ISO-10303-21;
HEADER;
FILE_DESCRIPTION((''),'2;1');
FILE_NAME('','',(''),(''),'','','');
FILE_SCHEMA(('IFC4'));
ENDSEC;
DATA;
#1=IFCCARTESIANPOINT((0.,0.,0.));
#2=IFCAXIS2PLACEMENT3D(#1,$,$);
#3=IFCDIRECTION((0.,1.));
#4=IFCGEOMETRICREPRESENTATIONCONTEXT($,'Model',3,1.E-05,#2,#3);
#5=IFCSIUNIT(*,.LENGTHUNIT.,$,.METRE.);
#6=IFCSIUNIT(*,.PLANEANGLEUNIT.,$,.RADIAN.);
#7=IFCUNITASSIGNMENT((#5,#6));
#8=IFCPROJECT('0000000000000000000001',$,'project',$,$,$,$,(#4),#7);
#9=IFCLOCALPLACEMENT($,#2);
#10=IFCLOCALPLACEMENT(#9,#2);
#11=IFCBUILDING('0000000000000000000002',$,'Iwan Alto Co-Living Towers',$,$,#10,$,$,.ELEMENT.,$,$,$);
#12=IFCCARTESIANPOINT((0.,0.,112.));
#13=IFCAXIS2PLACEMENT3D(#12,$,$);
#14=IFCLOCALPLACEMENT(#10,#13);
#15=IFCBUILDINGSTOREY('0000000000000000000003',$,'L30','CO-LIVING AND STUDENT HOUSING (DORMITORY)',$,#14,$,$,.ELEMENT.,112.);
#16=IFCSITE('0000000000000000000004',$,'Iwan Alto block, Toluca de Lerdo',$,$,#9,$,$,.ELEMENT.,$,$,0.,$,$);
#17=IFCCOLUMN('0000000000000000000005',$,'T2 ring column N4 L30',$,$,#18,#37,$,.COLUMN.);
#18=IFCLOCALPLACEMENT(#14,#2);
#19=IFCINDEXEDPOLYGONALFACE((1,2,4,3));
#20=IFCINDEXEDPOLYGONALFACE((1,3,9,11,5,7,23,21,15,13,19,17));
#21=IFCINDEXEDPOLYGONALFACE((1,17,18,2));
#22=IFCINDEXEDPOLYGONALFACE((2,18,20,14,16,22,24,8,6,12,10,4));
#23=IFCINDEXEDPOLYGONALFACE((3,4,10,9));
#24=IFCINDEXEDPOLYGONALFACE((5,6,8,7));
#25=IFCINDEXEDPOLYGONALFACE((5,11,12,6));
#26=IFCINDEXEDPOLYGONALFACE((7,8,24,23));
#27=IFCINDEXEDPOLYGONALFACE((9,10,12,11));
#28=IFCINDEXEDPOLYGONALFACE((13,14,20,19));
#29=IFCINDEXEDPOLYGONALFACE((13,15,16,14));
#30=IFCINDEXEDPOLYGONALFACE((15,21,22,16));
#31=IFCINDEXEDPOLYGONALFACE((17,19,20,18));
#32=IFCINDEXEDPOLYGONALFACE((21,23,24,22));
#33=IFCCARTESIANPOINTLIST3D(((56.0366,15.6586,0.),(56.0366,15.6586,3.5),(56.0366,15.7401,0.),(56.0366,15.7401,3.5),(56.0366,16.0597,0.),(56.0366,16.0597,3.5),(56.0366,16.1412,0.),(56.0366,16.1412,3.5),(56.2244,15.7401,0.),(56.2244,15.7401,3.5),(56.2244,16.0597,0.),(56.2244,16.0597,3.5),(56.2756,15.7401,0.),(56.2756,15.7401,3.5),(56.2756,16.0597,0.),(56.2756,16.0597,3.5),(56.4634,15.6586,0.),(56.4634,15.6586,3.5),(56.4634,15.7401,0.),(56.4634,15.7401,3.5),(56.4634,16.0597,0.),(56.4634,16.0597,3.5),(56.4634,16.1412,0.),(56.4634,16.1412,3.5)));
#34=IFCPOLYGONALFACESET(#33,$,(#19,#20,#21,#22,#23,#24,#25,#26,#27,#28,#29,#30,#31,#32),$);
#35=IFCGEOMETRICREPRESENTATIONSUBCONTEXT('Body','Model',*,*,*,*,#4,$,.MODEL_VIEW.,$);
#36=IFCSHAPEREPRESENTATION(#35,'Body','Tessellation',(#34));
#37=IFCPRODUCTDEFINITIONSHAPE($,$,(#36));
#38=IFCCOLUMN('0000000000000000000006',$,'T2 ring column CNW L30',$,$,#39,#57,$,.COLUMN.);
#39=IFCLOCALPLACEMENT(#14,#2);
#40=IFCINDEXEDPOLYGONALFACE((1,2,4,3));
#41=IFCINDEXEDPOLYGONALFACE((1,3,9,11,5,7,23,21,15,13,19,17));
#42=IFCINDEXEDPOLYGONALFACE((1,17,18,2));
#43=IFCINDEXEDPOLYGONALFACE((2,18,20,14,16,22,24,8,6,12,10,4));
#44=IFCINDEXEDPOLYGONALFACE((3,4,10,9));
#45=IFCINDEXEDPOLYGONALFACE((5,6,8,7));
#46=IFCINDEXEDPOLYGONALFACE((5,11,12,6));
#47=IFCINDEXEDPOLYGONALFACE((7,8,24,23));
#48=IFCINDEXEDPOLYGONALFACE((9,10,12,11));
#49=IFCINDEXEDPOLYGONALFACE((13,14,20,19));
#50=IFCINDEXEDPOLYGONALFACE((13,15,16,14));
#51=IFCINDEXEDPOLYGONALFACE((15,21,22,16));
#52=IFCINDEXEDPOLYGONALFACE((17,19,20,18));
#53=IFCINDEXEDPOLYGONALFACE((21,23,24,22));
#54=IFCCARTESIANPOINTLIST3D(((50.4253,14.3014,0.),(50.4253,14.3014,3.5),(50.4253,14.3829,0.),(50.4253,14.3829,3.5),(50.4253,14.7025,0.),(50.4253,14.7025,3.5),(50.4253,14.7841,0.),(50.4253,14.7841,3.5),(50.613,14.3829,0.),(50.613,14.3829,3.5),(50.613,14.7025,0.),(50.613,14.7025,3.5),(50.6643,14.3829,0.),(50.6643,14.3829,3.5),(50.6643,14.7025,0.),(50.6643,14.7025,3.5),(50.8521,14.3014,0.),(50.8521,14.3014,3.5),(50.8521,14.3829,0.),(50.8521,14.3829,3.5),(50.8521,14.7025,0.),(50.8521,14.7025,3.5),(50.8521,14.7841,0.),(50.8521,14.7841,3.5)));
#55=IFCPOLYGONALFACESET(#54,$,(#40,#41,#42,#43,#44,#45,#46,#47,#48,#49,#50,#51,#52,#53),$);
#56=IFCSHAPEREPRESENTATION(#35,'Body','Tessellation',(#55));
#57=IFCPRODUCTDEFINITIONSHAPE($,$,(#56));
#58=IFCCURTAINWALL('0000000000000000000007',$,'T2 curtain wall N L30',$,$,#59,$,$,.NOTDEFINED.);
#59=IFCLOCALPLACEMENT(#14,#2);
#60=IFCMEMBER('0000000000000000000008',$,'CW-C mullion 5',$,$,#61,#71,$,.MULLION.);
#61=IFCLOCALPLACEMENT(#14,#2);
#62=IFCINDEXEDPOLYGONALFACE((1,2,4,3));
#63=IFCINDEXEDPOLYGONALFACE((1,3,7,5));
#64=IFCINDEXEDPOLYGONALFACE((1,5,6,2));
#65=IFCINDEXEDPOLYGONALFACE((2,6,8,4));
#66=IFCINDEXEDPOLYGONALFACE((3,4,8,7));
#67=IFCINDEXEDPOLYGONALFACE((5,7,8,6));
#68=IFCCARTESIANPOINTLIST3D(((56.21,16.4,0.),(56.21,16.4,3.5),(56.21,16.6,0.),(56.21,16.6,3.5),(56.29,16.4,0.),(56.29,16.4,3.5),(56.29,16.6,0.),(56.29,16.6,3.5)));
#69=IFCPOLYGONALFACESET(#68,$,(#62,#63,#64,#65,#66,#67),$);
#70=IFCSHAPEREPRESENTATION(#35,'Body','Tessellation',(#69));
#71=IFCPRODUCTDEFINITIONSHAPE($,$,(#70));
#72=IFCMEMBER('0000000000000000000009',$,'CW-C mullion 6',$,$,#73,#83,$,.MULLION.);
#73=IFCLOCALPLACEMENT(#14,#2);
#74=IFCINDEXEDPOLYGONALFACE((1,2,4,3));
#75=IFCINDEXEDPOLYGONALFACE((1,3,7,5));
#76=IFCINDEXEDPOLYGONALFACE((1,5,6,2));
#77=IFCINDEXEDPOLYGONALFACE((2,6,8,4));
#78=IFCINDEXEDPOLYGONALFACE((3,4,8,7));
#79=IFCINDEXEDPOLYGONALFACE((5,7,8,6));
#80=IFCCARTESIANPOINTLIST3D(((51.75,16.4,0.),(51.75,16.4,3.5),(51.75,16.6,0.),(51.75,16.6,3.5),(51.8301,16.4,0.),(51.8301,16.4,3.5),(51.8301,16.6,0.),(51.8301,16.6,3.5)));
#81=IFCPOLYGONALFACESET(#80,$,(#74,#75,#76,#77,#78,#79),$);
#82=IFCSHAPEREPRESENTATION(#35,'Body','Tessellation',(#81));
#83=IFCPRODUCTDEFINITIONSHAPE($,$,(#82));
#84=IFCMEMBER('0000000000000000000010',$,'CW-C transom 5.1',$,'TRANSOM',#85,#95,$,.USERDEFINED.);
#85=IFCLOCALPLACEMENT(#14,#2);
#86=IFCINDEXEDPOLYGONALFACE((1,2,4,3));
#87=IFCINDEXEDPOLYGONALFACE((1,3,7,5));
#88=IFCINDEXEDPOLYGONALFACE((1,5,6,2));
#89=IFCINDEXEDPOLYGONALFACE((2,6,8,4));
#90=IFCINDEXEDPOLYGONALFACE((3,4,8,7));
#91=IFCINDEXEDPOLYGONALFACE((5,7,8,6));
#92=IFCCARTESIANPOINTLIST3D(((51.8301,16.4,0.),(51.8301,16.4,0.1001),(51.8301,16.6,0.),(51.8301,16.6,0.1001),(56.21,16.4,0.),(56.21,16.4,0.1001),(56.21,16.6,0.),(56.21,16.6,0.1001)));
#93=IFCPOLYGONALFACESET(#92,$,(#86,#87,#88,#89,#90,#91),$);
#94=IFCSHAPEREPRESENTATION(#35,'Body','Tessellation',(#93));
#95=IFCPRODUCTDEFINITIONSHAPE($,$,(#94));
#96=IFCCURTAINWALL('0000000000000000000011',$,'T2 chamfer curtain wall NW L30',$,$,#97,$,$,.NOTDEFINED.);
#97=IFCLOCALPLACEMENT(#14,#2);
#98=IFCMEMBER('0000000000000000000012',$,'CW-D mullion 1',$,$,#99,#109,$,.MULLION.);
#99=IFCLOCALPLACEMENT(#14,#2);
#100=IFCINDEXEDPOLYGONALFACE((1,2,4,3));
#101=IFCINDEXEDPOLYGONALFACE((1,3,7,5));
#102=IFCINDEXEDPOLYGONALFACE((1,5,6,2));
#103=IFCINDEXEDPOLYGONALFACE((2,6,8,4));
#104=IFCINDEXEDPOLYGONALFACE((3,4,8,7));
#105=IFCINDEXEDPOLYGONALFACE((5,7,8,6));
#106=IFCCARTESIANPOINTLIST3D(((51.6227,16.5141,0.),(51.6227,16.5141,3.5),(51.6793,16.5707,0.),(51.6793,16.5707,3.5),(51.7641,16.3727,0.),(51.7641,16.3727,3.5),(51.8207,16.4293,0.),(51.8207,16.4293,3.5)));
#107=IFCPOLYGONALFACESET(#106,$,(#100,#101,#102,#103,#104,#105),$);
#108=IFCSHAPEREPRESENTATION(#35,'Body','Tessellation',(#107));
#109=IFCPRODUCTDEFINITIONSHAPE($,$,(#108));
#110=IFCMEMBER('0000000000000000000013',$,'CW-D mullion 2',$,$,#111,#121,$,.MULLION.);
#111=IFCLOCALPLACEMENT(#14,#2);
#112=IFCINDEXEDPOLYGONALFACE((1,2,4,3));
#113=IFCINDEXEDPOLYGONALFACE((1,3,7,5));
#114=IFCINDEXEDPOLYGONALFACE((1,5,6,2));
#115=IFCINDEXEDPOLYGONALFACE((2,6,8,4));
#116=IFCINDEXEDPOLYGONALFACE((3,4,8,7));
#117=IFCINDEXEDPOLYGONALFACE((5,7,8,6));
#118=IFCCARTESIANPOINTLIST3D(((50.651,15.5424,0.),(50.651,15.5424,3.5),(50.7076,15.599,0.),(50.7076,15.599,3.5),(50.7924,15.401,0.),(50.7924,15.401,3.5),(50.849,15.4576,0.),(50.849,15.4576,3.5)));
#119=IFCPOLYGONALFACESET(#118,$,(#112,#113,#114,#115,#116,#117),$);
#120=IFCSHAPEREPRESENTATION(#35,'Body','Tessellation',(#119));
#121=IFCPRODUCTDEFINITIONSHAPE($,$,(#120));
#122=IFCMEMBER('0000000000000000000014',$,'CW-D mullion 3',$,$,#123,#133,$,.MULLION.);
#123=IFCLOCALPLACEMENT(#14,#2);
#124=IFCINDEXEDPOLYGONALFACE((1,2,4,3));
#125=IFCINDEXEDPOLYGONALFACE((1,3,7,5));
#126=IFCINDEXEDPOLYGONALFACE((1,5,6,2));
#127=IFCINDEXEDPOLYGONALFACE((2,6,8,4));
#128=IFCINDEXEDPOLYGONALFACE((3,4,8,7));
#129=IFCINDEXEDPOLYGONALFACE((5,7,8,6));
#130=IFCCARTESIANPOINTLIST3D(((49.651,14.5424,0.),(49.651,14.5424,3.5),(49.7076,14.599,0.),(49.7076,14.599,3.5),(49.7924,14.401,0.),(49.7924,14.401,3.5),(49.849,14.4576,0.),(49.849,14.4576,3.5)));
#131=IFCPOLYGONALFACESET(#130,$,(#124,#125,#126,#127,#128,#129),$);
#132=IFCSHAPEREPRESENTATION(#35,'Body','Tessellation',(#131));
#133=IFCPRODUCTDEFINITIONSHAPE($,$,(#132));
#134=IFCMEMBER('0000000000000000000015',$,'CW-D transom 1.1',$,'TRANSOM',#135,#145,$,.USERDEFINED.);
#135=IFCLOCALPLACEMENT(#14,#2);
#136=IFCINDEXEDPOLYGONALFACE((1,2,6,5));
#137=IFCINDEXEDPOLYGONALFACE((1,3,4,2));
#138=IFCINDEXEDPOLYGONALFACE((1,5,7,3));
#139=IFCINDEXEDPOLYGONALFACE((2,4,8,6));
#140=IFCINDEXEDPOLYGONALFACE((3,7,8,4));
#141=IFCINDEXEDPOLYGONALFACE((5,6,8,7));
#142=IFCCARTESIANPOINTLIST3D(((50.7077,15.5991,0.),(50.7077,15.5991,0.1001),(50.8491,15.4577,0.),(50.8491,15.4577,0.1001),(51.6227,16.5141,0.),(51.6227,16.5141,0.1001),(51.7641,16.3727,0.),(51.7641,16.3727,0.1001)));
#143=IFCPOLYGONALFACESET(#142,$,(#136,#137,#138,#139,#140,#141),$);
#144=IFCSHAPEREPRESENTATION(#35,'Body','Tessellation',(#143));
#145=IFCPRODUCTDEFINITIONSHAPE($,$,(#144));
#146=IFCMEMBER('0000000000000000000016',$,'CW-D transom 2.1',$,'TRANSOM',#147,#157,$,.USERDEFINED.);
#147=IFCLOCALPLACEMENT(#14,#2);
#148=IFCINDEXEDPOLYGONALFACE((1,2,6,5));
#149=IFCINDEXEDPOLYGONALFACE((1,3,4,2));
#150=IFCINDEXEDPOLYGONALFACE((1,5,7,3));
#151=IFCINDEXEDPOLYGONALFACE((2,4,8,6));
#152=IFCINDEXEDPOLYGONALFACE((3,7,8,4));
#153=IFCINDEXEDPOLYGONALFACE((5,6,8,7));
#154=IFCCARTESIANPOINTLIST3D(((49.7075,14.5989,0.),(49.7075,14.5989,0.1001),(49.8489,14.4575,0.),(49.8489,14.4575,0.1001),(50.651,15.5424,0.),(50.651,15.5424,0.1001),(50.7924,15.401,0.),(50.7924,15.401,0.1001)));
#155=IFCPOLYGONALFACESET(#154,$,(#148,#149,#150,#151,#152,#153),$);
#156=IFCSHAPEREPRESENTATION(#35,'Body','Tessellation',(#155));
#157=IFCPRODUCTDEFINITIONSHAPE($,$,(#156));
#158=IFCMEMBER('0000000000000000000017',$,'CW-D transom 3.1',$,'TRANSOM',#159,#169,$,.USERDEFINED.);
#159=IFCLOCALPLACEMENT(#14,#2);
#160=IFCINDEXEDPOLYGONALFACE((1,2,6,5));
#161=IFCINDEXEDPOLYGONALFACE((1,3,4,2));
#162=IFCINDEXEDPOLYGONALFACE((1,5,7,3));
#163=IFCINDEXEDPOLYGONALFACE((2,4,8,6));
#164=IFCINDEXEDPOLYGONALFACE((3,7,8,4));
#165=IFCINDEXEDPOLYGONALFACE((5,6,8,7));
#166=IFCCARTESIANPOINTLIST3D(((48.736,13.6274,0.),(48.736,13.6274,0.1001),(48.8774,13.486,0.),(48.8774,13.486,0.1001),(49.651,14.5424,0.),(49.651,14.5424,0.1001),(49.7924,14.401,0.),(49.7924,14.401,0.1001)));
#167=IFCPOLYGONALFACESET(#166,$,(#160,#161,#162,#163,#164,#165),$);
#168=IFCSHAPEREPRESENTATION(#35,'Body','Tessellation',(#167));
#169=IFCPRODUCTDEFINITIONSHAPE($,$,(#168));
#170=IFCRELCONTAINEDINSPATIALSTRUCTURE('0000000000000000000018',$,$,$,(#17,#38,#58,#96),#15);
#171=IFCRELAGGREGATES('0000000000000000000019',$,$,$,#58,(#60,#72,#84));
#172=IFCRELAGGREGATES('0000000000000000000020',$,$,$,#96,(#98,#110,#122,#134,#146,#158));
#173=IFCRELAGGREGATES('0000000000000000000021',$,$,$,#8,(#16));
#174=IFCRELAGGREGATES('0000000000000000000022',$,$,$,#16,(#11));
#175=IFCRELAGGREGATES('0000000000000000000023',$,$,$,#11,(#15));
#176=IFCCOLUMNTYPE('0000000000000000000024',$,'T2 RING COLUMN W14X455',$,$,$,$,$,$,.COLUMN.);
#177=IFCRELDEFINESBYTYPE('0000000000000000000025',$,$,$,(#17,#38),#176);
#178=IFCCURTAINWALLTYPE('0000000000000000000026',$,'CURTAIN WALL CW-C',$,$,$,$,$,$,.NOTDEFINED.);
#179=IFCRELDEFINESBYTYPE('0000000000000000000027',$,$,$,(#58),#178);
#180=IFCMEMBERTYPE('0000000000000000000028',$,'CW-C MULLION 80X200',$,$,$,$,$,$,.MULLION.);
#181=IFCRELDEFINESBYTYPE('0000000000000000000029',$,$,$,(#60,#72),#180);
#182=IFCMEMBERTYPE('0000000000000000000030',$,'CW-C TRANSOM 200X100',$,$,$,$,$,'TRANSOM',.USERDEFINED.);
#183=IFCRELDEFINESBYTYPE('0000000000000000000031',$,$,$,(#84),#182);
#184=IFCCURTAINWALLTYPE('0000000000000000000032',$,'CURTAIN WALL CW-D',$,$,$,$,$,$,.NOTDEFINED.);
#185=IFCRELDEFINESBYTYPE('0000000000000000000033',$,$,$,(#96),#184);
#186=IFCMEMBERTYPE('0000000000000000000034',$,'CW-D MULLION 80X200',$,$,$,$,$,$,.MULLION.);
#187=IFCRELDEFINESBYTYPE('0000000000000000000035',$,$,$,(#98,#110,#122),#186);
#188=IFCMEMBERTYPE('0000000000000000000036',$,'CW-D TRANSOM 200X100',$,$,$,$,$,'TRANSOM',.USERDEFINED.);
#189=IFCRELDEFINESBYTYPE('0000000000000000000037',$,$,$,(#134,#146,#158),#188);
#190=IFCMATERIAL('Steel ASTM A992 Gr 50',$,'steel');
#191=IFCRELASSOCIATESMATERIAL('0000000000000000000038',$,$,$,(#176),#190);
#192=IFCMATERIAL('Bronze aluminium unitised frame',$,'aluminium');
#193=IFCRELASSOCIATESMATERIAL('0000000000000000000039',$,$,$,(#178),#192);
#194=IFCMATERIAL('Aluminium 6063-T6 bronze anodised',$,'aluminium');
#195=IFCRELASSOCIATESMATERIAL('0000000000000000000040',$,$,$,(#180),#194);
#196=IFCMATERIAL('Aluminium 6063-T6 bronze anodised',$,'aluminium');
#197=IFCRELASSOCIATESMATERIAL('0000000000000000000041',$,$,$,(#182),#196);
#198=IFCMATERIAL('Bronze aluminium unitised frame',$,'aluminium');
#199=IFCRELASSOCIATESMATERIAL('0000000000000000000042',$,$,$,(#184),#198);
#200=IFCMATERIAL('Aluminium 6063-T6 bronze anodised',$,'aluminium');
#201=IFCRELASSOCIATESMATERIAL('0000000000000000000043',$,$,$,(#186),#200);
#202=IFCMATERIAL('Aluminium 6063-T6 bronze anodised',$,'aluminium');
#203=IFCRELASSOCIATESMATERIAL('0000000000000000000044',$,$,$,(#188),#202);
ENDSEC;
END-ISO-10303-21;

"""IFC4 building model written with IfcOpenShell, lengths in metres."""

from ifc_helpers import new_model, si_unit, direction, frame, origin, origin_2d, place, context, subcontext, project, spatial, rectangle, i_section, extrude, material, material_profile, profile_set, type_object, element, aggregate, save


model = new_model("IFC4")

# Units and contexts
model_context = context("Model", 3, precision=1e-05, world=origin(), true_north=direction((0.0, 1.0)))
body_context = subcontext(model_context, "Body", "Model", "MODEL_VIEW")
ifc_project = project(units=[si_unit("LENGTHUNIT", "METRE"), si_unit("PLANEANGLEUNIT", "RADIAN")], contexts=[model_context])

# Site, building, storey
site_placement = place(None, origin())
site = spatial("IfcSite", under=ifc_project, at=site_placement, Name="Iwan Alto block, Toluca de Lerdo", CompositionType="ELEMENT", RefElevation=0.0)
building_placement = place(site_placement, origin())
building = spatial("IfcBuilding", under=site, at=building_placement, Name="Iwan Alto Co-Living Towers", CompositionType="ELEMENT")
storey_placement = place(building_placement, frame((0.0, 0.0, 112.0)))
storey = spatial("IfcBuildingStorey", under=building, at=storey_placement, Name="L30", Description="CO-LIVING AND STUDENT HOUSING (DORMITORY)", CompositionType="ELEMENT", Elevation=112.0)

# Columns
ifc_material_1 = material(Name="Steel ASTM A992 Gr 50", Category="steel")
ifc_material_profile_1 = material_profile(ifc_material_1, i_section(OverallWidth=0.4268, OverallDepth=0.4827, WebThickness=0.0513, FlangeThickness=0.0815, at=origin_2d()), Name="W14X455")
ifc_profile_set_1 = profile_set([ifc_material_profile_1], Name="Steel ASTM A992 Gr 50")
column_type = type_object("IfcColumnType", Name="T2 RING COLUMN W14X455", PredefinedType="COLUMN", material=ifc_profile_set_1)
for number, where, z_axis, x_axis, name in (
    (1, (56.25, 15.8999, 0.0), (0.0, 0.0, 1.0), (1.0, 0.0, 0.0), "T2 ring column N4 L30"),
    (2, (50.6387, 14.5427, 0.0), (0.0, 0.0, 1.0), (1.0, 0.0, 0.0), "T2 ring column CNW L30"),
):
    element("IfcColumn", number, at=place(storey_placement, frame(where, z_axis=z_axis, x_axis=x_axis)), inside=storey, type_object=column_type, Name=name, PredefinedType="COLUMN", context=body_context, shape_type="SweptSolid", body=[
        extrude(i_section(OverallWidth=0.4268, OverallDepth=0.4827, WebThickness=0.0513, FlangeThickness=0.0815, at=origin_2d()), origin(), (0.0, 0.0, 1.0), 3.5),
    ])

# Curtain walls, members
ifc_material_2 = material(Name="Bronze aluminium unitised frame", Category="aluminium")
curtain_wall_type_1 = type_object("IfcCurtainWallType", Name="CURTAIN WALL CW-C", PredefinedType="NOTDEFINED", material=ifc_material_2)
curtain_wall_1_placement = place(storey_placement, origin())
curtain_wall_1 = element("IfcCurtainWall", 3, at=curtain_wall_1_placement, inside=storey, type_object=curtain_wall_type_1, Name="T2 curtain wall N L30", PredefinedType="NOTDEFINED")
ifc_material_3 = material(Name="Aluminium 6063-T6 bronze anodised", Category="aluminium")
ifc_material_profile_2 = material_profile(ifc_material_3, rectangle(XDim=0.2, YDim=0.0801, at=origin_2d()), Name="AL 80X200")
ifc_profile_set_2 = profile_set([ifc_material_profile_2], Name="Aluminium 6063-T6 bronze anodised")
member_type_1 = type_object("IfcMemberType", Name="CW-C MULLION 80X200", PredefinedType="MULLION", material=ifc_profile_set_2)
member_1_placement = place(storey_placement, frame((56.25, 16.5, 0.0), z_axis=(0.0, 0.0, 1.0), x_axis=(0.0, -1.0, 0.0)))
member_1 = element("IfcMember", 4, at=member_1_placement, type_object=member_type_1, Name="CW-C mullion 5", PredefinedType="MULLION", context=body_context, shape_type="SweptSolid", body=[
    extrude(rectangle(XDim=0.2, YDim=0.0801, at=origin_2d()), origin(), (0.0, 0.0, 1.0), 3.5),
])
member_2_placement = place(storey_placement, frame((51.79, 16.5, 0.0), z_axis=(0.0, 0.0, 1.0), x_axis=(0.0, -1.0, 0.0)))
member_2 = element("IfcMember", 5, at=member_2_placement, type_object=member_type_1, Name="CW-C mullion 6", PredefinedType="MULLION", context=body_context, shape_type="SweptSolid", body=[
    extrude(rectangle(XDim=0.2, YDim=0.0801, at=origin_2d()), origin(), (0.0, 0.0, 1.0), 3.5),
])
ifc_material_4 = material(Name="Aluminium 6063-T6 bronze anodised", Category="aluminium")
ifc_material_profile_3 = material_profile(ifc_material_4, rectangle(XDim=0.2, YDim=0.1001, at=origin_2d()), Name="AL 200X100")
ifc_profile_set_3 = profile_set([ifc_material_profile_3], Name="Aluminium 6063-T6 bronze anodised")
member_type_2 = type_object("IfcMemberType", Name="CW-C TRANSOM 200X100", ElementType="TRANSOM", PredefinedType="USERDEFINED", material=ifc_profile_set_3)
member_3_placement = place(storey_placement, frame((56.21, 16.5, 0.05), z_axis=(-1.0, 0.0, 0.0), x_axis=(0.0, -1.0, 0.0)))
member_3 = element("IfcMember", 6, at=member_3_placement, type_object=member_type_2, Name="CW-C transom 5.1", ObjectType="TRANSOM", PredefinedType="USERDEFINED", context=body_context, shape_type="SweptSolid", body=[
    extrude(rectangle(XDim=0.2, YDim=0.1001, at=origin_2d()), origin(), (0.0, 0.0, 1.0), 4.3799),
])
ifc_material_5 = material(Name="Bronze aluminium unitised frame", Category="aluminium")
curtain_wall_type_2 = type_object("IfcCurtainWallType", Name="CURTAIN WALL CW-D", PredefinedType="NOTDEFINED", material=ifc_material_5)
curtain_wall_2_placement = place(storey_placement, origin())
curtain_wall_2 = element("IfcCurtainWall", 7, at=curtain_wall_2_placement, inside=storey, type_object=curtain_wall_type_2, Name="T2 chamfer curtain wall NW L30", PredefinedType="NOTDEFINED")
ifc_material_6 = material(Name="Aluminium 6063-T6 bronze anodised", Category="aluminium")
ifc_material_profile_4 = material_profile(ifc_material_6, rectangle(XDim=0.2, YDim=0.0801, at=origin_2d()), Name="AL 80X200")
ifc_profile_set_4 = profile_set([ifc_material_profile_4], Name="Aluminium 6063-T6 bronze anodised")
member_type_3 = type_object("IfcMemberType", Name="CW-D MULLION 80X200", PredefinedType="MULLION", material=ifc_profile_set_4)
member_4_placement = place(storey_placement, frame((51.7217, 16.4717, 0.0), z_axis=(0.0, 0.0, 1.0), x_axis=(0.707107, -0.707107, 0.0)))
member_4 = element("IfcMember", 8, at=member_4_placement, type_object=member_type_3, Name="CW-D mullion 1", PredefinedType="MULLION", context=body_context, shape_type="SweptSolid", body=[
    extrude(rectangle(XDim=0.2, YDim=0.0801, at=origin_2d()), origin(), (0.0, 0.0, 1.0), 3.5),
])
member_5_placement = place(storey_placement, frame((50.75, 15.5, 0.0), z_axis=(0.0, 0.0, 1.0), x_axis=(0.707107, -0.707107, 0.0)))
member_5 = element("IfcMember", 9, at=member_5_placement, type_object=member_type_3, Name="CW-D mullion 2", PredefinedType="MULLION", context=body_context, shape_type="SweptSolid", body=[
    extrude(rectangle(XDim=0.2, YDim=0.0801, at=origin_2d()), origin(), (0.0, 0.0, 1.0), 3.5),
])
member_6_placement = place(storey_placement, frame((49.75, 14.5, 0.0), z_axis=(0.0, 0.0, 1.0), x_axis=(0.707107, -0.707107, 0.0)))
member_6 = element("IfcMember", 10, at=member_6_placement, type_object=member_type_3, Name="CW-D mullion 3", PredefinedType="MULLION", context=body_context, shape_type="SweptSolid", body=[
    extrude(rectangle(XDim=0.2, YDim=0.0801, at=origin_2d()), origin(), (0.0, 0.0, 1.0), 3.5),
])
ifc_material_7 = material(Name="Aluminium 6063-T6 bronze anodised", Category="aluminium")
ifc_material_profile_5 = material_profile(ifc_material_7, rectangle(XDim=0.2, YDim=0.1001, at=origin_2d()), Name="AL 200X100")
ifc_profile_set_5 = profile_set([ifc_material_profile_5], Name="Aluminium 6063-T6 bronze anodised")
member_type_4 = type_object("IfcMemberType", Name="CW-D TRANSOM 200X100", ElementType="TRANSOM", PredefinedType="USERDEFINED", material=ifc_profile_set_5)
member_7_placement = place(storey_placement, frame((51.6934, 16.4434, 0.05), z_axis=(-0.707107, -0.707107, 0.0), x_axis=(0.707107, -0.707107, 0.0)))
member_7 = element("IfcMember", 11, at=member_7_placement, type_object=member_type_4, Name="CW-D transom 1.1", ObjectType="TRANSOM", PredefinedType="USERDEFINED", context=body_context, shape_type="SweptSolid", body=[
    extrude(rectangle(XDim=0.2, YDim=0.1001, at=origin_2d()), origin(), (0.0, 0.0, 1.0), 1.2939),
])
member_8_placement = place(storey_placement, frame((50.7217, 15.4717, 0.05), z_axis=(-0.707107, -0.707107, 0.0), x_axis=(0.707107, -0.707107, 0.0)))
member_8 = element("IfcMember", 12, at=member_8_placement, type_object=member_type_4, Name="CW-D transom 2.1", ObjectType="TRANSOM", PredefinedType="USERDEFINED", context=body_context, shape_type="SweptSolid", body=[
    extrude(rectangle(XDim=0.2, YDim=0.1001, at=origin_2d()), origin(), (0.0, 0.0, 1.0), 1.3342),
])
member_9_placement = place(storey_placement, frame((49.7217, 14.4717, 0.05), z_axis=(-0.707107, -0.707107, 0.0), x_axis=(0.707107, -0.707107, 0.0)))
member_9 = element("IfcMember", 13, at=member_9_placement, type_object=member_type_4, Name="CW-D transom 3.1", ObjectType="TRANSOM", PredefinedType="USERDEFINED", context=body_context, shape_type="SweptSolid", body=[
    extrude(rectangle(XDim=0.2, YDim=0.1001, at=origin_2d()), origin(), (0.0, 0.0, 1.0), 1.2939),
])

aggregate(curtain_wall_1, [member_1, member_2, member_3])
aggregate(curtain_wall_2, [member_4, member_5, member_6, member_7, member_8, member_9])

save(model, "model.ifc")
